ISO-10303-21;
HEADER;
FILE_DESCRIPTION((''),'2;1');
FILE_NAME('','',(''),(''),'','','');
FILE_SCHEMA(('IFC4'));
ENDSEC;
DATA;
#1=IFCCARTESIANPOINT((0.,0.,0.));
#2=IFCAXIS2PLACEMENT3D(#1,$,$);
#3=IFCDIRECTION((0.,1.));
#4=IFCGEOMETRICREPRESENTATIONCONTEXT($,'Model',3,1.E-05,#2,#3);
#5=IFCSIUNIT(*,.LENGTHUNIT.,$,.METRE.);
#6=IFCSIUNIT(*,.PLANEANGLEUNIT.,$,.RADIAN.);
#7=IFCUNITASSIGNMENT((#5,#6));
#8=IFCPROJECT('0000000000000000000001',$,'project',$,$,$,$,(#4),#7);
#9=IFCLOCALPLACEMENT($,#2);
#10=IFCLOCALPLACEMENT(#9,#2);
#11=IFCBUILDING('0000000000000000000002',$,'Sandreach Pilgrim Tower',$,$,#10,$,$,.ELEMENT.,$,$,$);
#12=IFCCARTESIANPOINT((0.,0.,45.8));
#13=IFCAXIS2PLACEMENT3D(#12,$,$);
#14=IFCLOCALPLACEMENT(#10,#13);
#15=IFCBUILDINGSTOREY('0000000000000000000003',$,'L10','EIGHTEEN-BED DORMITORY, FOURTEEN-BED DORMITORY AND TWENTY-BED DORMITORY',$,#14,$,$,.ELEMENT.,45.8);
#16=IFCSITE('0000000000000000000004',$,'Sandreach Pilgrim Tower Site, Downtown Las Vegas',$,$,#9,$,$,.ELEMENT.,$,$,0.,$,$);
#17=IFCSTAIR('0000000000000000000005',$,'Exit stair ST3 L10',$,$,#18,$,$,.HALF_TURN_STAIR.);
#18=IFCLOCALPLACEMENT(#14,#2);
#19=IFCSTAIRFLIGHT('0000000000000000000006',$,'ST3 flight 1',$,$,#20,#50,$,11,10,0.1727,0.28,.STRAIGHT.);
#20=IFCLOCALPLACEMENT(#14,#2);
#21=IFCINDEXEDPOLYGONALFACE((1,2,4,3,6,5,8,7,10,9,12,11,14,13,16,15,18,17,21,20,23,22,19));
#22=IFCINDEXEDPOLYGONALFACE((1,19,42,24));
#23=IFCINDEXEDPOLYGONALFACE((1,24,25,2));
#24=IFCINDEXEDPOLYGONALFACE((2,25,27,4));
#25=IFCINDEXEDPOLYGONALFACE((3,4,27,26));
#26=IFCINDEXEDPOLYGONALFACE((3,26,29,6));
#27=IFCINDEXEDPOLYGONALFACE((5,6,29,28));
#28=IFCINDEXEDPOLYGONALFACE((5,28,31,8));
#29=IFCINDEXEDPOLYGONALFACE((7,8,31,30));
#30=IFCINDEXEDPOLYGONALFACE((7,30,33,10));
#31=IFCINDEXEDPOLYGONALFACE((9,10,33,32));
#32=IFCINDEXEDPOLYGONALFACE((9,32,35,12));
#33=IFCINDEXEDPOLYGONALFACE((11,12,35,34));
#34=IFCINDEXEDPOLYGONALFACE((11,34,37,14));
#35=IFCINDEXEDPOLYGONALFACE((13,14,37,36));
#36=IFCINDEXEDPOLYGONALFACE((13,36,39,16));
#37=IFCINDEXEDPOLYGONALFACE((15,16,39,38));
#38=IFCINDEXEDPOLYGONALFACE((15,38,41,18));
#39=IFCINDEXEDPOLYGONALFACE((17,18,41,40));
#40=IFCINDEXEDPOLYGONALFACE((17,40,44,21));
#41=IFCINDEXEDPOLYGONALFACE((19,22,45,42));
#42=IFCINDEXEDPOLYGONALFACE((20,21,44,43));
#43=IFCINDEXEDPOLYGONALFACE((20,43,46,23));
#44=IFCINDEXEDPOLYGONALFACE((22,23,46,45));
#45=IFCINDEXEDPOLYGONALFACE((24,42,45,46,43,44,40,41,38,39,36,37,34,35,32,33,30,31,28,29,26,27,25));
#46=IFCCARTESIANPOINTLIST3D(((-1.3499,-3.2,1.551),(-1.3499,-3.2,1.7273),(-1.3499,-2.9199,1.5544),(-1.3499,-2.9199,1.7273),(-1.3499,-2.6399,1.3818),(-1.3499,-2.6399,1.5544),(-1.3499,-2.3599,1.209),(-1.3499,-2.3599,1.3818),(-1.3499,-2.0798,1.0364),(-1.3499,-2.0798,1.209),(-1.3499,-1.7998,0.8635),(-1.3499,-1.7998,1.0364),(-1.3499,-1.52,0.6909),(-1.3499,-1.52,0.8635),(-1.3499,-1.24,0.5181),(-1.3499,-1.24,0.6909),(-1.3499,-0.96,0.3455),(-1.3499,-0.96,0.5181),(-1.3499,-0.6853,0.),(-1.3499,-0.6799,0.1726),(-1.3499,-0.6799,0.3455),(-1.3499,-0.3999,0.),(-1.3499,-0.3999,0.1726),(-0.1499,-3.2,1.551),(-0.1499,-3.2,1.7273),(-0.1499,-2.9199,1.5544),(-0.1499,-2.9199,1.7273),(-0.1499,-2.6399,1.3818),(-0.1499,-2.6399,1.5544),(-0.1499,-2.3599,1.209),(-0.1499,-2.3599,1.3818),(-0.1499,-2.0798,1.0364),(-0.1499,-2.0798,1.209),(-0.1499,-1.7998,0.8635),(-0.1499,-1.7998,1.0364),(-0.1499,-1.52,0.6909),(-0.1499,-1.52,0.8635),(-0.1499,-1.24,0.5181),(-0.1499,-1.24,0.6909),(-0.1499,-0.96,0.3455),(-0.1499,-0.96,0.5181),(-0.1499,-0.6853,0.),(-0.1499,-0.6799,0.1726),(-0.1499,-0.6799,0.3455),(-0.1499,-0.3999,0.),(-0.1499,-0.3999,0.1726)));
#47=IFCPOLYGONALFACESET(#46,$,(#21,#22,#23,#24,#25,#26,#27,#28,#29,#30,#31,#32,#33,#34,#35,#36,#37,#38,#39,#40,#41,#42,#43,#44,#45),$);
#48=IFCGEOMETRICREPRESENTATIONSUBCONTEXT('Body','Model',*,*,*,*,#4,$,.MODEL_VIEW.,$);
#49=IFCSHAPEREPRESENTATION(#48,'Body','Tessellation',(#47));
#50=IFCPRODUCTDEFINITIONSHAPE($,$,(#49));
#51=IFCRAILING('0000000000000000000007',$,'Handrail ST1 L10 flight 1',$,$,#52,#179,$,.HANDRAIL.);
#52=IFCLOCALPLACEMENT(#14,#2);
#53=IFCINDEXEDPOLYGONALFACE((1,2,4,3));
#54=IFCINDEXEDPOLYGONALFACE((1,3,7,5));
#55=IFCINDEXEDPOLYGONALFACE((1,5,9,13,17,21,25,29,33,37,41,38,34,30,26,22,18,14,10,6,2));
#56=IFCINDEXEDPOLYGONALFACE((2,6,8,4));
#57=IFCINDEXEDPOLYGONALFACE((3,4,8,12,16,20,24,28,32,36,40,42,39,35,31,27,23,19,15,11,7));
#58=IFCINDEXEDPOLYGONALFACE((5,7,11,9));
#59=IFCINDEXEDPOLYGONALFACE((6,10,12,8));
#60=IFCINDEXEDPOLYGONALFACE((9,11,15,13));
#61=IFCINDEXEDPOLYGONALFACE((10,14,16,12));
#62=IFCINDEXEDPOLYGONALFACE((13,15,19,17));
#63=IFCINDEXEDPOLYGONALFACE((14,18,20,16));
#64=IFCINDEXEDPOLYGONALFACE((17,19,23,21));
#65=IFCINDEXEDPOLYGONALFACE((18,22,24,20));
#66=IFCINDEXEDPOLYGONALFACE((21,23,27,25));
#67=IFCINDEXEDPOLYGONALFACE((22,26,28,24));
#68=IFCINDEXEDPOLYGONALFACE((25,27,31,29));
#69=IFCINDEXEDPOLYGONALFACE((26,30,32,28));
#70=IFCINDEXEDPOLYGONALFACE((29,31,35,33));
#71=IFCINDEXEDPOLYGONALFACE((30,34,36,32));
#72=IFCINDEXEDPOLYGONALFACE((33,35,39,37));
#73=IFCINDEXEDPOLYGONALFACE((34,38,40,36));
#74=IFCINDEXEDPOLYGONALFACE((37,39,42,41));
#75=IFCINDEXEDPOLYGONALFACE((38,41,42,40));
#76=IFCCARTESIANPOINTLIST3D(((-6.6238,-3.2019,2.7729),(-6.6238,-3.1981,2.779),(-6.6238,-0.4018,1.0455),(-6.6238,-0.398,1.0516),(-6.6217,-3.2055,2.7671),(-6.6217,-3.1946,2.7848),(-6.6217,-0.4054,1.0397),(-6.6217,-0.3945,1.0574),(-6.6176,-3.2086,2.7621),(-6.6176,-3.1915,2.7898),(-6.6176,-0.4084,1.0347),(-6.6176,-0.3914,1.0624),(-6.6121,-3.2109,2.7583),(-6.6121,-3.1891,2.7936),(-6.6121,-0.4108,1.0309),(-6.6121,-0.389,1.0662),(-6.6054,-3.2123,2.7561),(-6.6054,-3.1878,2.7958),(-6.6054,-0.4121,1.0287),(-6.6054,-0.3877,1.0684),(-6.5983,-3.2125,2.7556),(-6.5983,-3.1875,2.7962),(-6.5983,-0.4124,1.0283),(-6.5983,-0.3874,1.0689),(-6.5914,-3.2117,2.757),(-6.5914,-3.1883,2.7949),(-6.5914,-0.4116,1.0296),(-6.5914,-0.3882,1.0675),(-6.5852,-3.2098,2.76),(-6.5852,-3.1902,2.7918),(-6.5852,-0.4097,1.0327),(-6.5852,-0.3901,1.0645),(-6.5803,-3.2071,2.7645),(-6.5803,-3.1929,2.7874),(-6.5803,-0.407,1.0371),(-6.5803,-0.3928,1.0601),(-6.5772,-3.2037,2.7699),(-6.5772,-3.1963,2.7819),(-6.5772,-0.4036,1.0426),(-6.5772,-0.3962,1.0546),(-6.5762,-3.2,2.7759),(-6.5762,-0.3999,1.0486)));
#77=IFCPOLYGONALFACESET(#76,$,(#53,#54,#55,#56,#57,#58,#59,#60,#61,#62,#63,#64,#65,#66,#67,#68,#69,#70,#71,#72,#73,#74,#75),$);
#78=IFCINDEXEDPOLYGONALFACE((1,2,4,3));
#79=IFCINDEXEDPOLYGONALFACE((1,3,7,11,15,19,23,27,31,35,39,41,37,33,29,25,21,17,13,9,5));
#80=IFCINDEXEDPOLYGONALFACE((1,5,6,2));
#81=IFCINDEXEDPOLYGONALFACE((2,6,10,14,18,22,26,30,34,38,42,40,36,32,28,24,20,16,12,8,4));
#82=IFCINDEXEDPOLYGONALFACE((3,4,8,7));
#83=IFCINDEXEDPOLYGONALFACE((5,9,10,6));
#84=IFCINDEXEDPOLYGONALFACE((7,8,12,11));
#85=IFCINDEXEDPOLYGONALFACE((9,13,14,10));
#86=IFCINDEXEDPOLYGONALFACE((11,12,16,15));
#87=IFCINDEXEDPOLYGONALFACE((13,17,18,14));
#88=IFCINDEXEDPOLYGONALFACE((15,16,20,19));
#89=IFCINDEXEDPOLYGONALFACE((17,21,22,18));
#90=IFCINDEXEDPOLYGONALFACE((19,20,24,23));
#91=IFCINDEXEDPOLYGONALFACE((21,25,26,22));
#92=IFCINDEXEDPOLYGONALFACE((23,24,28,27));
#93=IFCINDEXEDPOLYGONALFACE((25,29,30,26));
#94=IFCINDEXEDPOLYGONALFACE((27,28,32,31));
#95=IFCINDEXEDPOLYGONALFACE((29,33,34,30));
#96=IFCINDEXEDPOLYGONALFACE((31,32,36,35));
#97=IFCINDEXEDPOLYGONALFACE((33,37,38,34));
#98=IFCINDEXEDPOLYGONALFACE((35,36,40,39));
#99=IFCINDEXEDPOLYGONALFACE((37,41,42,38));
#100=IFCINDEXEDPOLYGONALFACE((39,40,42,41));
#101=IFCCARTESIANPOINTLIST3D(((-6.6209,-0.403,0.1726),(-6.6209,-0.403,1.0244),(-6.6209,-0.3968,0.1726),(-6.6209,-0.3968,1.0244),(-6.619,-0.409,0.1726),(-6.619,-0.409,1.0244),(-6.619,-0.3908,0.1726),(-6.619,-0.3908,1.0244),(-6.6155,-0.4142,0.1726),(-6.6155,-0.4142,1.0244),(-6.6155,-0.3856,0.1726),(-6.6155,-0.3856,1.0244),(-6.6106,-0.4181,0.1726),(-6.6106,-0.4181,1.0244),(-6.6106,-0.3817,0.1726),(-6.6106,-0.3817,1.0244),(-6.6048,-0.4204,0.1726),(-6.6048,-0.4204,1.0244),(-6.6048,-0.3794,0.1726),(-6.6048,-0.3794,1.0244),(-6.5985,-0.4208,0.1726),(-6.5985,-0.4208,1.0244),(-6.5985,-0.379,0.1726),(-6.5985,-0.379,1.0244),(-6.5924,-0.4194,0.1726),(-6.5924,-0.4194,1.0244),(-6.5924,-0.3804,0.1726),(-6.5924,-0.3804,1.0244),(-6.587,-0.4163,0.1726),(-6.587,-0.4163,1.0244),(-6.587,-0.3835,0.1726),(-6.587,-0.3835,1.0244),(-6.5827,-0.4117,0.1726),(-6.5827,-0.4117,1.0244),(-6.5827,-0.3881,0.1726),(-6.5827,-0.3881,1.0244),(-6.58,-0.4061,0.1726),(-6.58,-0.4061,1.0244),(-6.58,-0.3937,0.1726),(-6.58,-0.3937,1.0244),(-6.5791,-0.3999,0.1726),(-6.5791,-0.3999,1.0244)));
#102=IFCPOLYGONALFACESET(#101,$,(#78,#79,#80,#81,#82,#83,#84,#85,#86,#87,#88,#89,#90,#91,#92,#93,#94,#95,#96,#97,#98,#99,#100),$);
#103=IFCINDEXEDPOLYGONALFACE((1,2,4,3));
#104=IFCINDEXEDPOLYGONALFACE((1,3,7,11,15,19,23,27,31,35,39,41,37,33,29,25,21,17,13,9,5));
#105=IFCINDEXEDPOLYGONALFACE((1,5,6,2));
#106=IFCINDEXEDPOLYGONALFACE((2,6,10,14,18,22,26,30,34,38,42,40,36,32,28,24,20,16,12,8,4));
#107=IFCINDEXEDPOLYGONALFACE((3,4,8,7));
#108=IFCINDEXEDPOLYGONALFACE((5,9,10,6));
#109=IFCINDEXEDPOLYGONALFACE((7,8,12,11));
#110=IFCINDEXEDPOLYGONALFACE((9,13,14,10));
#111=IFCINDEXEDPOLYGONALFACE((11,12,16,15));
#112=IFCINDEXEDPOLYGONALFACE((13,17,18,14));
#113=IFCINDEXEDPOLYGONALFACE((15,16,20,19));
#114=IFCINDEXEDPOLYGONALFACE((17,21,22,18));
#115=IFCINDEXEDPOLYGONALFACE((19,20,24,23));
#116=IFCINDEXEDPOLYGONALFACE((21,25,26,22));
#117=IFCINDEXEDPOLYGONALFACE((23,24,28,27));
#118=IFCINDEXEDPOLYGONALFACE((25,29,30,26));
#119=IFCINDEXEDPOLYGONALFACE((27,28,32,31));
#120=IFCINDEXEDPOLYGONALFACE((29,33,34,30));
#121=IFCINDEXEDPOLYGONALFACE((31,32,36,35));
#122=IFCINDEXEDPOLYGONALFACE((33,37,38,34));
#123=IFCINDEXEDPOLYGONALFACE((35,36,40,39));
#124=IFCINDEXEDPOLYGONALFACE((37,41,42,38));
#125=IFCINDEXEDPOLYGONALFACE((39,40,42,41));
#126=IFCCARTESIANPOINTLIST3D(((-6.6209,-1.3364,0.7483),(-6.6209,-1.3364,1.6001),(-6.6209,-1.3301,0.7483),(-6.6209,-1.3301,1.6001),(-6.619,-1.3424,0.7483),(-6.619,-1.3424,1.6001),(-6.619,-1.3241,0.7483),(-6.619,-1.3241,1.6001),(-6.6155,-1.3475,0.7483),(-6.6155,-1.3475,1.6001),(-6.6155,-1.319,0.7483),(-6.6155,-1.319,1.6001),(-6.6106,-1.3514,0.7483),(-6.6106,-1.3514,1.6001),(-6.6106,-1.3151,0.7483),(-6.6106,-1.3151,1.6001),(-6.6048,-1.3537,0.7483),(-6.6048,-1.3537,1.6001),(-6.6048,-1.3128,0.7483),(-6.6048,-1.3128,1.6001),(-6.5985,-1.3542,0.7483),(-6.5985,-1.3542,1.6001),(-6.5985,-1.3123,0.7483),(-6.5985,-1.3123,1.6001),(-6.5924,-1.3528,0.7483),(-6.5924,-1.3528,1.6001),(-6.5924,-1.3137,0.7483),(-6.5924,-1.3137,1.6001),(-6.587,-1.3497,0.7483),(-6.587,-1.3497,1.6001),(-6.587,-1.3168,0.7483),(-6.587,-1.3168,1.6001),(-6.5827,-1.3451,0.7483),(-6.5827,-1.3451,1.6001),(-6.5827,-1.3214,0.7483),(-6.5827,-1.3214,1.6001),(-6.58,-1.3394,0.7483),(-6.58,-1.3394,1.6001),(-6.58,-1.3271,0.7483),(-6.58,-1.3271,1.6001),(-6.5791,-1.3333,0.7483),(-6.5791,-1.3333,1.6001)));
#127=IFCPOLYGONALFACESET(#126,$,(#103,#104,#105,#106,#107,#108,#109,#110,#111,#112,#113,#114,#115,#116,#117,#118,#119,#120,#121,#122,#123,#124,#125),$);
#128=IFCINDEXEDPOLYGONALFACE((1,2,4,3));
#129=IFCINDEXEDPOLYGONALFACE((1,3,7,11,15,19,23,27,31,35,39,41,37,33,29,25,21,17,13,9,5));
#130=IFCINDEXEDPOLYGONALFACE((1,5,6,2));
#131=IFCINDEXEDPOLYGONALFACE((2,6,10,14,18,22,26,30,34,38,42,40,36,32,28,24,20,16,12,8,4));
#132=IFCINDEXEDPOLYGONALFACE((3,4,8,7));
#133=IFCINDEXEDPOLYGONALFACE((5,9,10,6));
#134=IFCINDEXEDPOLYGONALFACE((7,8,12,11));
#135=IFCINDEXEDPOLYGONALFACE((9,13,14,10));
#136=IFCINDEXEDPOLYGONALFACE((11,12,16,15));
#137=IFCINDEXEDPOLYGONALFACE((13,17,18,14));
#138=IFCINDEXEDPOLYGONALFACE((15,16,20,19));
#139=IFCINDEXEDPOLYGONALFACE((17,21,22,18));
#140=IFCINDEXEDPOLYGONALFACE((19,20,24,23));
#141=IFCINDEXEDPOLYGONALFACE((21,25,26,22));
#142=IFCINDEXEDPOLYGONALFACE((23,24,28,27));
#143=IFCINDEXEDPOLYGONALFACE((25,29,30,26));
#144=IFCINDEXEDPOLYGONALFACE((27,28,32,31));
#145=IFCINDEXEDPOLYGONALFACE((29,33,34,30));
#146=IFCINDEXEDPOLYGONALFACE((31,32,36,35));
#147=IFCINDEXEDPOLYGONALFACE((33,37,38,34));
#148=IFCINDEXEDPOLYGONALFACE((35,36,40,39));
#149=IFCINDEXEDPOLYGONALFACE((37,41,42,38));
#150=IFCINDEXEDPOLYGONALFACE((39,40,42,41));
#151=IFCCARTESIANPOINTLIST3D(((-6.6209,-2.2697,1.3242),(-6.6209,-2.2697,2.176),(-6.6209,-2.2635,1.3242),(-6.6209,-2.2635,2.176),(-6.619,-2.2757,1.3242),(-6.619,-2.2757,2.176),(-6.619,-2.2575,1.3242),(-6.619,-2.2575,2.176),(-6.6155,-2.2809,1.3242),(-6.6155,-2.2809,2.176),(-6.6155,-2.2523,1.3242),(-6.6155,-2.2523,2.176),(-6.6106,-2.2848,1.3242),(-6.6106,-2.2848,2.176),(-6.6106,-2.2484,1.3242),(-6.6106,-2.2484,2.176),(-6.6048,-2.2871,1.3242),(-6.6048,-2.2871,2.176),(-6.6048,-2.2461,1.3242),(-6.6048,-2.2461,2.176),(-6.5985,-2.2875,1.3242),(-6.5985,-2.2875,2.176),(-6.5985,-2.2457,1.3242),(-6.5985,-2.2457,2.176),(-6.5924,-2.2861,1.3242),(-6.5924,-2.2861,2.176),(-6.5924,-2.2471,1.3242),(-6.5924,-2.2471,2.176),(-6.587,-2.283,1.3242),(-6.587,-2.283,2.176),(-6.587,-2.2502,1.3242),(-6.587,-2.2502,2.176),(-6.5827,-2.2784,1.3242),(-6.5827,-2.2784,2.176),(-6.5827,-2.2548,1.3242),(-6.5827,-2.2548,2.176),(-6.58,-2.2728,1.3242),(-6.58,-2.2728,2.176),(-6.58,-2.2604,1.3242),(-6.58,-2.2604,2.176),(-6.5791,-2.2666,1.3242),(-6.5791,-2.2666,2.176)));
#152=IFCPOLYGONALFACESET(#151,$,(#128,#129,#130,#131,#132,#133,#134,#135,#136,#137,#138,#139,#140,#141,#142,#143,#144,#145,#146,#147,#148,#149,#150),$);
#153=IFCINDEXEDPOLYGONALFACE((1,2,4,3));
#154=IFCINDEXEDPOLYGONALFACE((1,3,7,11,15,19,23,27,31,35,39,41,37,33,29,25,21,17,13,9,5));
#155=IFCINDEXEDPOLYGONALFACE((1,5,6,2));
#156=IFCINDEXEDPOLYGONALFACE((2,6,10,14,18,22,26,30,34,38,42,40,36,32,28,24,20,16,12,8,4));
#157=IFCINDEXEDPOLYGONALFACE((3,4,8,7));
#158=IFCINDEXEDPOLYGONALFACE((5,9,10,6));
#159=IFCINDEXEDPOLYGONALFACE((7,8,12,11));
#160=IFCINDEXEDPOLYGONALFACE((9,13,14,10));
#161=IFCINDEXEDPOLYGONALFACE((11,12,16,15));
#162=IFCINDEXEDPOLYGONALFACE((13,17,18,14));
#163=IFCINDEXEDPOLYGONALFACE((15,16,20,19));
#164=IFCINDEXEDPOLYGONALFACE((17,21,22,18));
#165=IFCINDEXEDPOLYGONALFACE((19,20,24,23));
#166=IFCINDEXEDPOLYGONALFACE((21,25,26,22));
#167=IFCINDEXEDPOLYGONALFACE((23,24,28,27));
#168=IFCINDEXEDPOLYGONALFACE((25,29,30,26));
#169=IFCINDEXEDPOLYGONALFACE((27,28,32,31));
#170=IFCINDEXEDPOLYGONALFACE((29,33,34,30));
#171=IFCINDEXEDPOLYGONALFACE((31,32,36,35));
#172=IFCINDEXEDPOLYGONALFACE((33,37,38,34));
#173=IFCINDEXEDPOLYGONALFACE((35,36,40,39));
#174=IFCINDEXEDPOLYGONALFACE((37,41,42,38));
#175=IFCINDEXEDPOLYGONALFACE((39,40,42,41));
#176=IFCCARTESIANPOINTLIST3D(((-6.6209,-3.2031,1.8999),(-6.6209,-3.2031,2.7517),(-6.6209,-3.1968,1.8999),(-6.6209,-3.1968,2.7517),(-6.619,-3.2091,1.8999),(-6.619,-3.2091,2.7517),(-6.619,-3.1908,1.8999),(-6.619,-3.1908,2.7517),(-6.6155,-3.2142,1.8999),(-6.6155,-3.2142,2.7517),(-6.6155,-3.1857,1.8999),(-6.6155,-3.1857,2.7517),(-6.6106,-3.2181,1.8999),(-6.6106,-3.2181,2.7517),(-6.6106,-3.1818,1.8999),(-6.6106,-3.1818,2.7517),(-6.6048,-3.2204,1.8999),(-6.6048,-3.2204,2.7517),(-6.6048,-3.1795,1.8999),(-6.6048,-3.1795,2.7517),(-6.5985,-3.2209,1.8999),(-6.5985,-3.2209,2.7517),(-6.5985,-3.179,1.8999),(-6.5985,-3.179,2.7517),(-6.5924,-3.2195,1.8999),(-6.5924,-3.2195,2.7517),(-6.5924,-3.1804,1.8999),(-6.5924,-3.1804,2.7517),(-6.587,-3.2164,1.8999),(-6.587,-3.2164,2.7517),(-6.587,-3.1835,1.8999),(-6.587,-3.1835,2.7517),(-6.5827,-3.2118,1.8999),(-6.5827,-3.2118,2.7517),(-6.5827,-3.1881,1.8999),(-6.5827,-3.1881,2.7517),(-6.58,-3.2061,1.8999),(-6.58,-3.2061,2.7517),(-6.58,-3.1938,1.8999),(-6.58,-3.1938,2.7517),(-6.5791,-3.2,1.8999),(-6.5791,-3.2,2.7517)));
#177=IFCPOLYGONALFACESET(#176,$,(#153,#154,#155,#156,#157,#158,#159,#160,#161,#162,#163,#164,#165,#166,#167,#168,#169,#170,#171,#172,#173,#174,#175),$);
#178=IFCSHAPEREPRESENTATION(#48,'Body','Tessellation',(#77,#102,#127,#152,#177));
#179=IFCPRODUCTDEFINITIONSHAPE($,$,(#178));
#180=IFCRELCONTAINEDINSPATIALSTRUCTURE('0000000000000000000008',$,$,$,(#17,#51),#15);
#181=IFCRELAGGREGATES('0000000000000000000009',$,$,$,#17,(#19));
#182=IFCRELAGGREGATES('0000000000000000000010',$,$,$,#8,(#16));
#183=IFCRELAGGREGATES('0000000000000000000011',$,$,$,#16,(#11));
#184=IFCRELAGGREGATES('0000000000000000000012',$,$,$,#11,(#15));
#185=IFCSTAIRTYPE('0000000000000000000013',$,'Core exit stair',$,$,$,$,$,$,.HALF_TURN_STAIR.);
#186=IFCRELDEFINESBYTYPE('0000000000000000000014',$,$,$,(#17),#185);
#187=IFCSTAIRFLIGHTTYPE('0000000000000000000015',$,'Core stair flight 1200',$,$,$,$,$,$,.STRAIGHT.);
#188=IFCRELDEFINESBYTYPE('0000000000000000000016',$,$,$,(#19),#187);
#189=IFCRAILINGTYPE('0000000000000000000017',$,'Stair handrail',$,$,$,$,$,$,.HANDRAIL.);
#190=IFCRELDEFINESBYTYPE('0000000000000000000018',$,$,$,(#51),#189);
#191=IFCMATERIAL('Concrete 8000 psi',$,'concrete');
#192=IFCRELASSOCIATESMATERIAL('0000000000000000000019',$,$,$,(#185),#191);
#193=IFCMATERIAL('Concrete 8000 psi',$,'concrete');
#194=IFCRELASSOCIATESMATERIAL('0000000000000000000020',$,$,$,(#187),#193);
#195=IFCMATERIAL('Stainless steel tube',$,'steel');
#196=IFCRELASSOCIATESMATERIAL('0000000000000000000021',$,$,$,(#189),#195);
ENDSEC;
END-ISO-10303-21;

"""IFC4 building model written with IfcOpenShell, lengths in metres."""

from ifc_helpers import new_model, si_unit, direction, frame, origin, origin_2d, place, context, subcontext, project, spatial, polyline, circle, outline, extrude, material, type_object, element, aggregate, save


model = new_model("IFC4")

# Units and contexts
model_context = context("Model", 3, precision=1e-05, world=origin(), true_north=direction((0.0, 1.0)))
body_context = subcontext(model_context, "Body", "Model", "MODEL_VIEW")
ifc_project = project(units=[si_unit("LENGTHUNIT", "METRE"), si_unit("PLANEANGLEUNIT", "RADIAN")], contexts=[model_context])

# Site, building, storey
site_placement = place(None, origin())
site = spatial("IfcSite", under=ifc_project, at=site_placement, Name="Sandreach Pilgrim Tower Site, Downtown Las Vegas", CompositionType="ELEMENT", RefElevation=0.0)
building_placement = place(site_placement, origin())
building = spatial("IfcBuilding", under=site, at=building_placement, Name="Sandreach Pilgrim Tower", CompositionType="ELEMENT")
storey_placement = place(building_placement, frame((0.0, 0.0, 45.8)))
storey = spatial("IfcBuildingStorey", under=building, at=storey_placement, Name="L10", Description="EIGHTEEN-BED DORMITORY, FOURTEEN-BED DORMITORY AND TWENTY-BED DORMITORY", CompositionType="ELEMENT", Elevation=45.8)

# Stair, stair flight
ifc_material_1 = material(Name="Concrete 8000 psi", Category="concrete")
stair_type = type_object("IfcStairType", Name="Core exit stair", PredefinedType="HALF_TURN_STAIR", material=ifc_material_1)
ifc_material_2 = material(Name="Concrete 8000 psi", Category="concrete")
stair_flight_type = type_object("IfcStairFlightType", Name="Core stair flight 1200", PredefinedType="STRAIGHT", material=ifc_material_2)
stair_1_placement = place(storey_placement, origin())
stair_1 = element("IfcStair", 1, at=stair_1_placement, inside=storey, type_object=stair_type, Name="Exit stair ST3 L10", PredefinedType="HALF_TURN_STAIR")
stair_flight_1_placement = place(storey_placement, frame((-0.75, -0.3999, 0.0), z_axis=(0.0, 0.0, 1.0), x_axis=(0.0, -1.0, 0.0)))
stair_flight_1 = element("IfcStairFlight", 2, at=stair_flight_1_placement, type_object=stair_flight_type, Name="ST3 flight 1", NumberOfRisers=11, NumberOfTreads=10, PredefinedType="STRAIGHT", RiserHeight=0.1727, TreadLength=0.28, context=body_context, shape_type="SweptSolid", body=[
    extrude(outline(polyline([(0.0, 0.0), (0.0, 0.1726), (0.28, 0.1726), (0.28, 0.3455), (0.5601, 0.3455), (0.5601, 0.5181), (0.8401, 0.5181), (0.8401, 0.6909), (1.1201, 0.6909), (1.1201, 0.8635), (1.3999, 0.8635), (1.3999, 1.0364), (1.6799, 1.0364), (1.6799, 1.209), (1.96, 1.209), (1.96, 1.3818), (2.24, 1.3818), (2.24, 1.5544), (2.52, 1.5544), (2.52, 1.7273), (2.8, 1.7273), (2.8, 1.8999), (2.8, 1.551), (0.2854, 0.0), (0.0, 0.0)])), frame((0.0, 0.6001, 0.0), z_axis=(0.0, -1.0, 0.0), x_axis=(1.0, 0.0, 0.0)), (0.0, 0.0, 1.0), 1.2),
])
aggregate(stair_1, [stair_flight_1])

# Railing
ifc_material_3 = material(Name="Stainless steel tube", Category="steel")
railing_type = type_object("IfcRailingType", Name="Stair handrail", PredefinedType="HANDRAIL", material=ifc_material_3)
railing_placement = place(storey_placement, frame((-6.6001, -0.3999, 0.1726)))
element("IfcRailing", 3, at=railing_placement, inside=storey, type_object=railing_type, Name="Handrail ST1 L10 flight 1", PredefinedType="HANDRAIL", context=body_context, shape_type="SweptSolid", body=[
    extrude(circle(Radius=0.0239, at=origin_2d()), frame((0.0, 0.0, 0.876), z_axis=(0.0, -0.85109, 0.52502), x_axis=(1.0, 0.0, 0.0)), (0.0, 0.0, 1.0), 3.29),
    extrude(circle(Radius=0.021, at=origin_2d()), origin(), (0.0, 0.0, 1.0), 0.8518),
    extrude(circle(Radius=0.021, at=origin_2d()), frame((0.0, -0.9333, 0.5757)), (0.0, 0.0, 1.0), 0.8518),
    extrude(circle(Radius=0.021, at=origin_2d()), frame((0.0, -1.8667, 1.1516)), (0.0, 0.0, 1.0), 0.8518),
    extrude(circle(Radius=0.021, at=origin_2d()), frame((0.0, -2.8, 1.7273)), (0.0, 0.0, 1.0), 0.8518),
])

save(model, "model.ifc")
